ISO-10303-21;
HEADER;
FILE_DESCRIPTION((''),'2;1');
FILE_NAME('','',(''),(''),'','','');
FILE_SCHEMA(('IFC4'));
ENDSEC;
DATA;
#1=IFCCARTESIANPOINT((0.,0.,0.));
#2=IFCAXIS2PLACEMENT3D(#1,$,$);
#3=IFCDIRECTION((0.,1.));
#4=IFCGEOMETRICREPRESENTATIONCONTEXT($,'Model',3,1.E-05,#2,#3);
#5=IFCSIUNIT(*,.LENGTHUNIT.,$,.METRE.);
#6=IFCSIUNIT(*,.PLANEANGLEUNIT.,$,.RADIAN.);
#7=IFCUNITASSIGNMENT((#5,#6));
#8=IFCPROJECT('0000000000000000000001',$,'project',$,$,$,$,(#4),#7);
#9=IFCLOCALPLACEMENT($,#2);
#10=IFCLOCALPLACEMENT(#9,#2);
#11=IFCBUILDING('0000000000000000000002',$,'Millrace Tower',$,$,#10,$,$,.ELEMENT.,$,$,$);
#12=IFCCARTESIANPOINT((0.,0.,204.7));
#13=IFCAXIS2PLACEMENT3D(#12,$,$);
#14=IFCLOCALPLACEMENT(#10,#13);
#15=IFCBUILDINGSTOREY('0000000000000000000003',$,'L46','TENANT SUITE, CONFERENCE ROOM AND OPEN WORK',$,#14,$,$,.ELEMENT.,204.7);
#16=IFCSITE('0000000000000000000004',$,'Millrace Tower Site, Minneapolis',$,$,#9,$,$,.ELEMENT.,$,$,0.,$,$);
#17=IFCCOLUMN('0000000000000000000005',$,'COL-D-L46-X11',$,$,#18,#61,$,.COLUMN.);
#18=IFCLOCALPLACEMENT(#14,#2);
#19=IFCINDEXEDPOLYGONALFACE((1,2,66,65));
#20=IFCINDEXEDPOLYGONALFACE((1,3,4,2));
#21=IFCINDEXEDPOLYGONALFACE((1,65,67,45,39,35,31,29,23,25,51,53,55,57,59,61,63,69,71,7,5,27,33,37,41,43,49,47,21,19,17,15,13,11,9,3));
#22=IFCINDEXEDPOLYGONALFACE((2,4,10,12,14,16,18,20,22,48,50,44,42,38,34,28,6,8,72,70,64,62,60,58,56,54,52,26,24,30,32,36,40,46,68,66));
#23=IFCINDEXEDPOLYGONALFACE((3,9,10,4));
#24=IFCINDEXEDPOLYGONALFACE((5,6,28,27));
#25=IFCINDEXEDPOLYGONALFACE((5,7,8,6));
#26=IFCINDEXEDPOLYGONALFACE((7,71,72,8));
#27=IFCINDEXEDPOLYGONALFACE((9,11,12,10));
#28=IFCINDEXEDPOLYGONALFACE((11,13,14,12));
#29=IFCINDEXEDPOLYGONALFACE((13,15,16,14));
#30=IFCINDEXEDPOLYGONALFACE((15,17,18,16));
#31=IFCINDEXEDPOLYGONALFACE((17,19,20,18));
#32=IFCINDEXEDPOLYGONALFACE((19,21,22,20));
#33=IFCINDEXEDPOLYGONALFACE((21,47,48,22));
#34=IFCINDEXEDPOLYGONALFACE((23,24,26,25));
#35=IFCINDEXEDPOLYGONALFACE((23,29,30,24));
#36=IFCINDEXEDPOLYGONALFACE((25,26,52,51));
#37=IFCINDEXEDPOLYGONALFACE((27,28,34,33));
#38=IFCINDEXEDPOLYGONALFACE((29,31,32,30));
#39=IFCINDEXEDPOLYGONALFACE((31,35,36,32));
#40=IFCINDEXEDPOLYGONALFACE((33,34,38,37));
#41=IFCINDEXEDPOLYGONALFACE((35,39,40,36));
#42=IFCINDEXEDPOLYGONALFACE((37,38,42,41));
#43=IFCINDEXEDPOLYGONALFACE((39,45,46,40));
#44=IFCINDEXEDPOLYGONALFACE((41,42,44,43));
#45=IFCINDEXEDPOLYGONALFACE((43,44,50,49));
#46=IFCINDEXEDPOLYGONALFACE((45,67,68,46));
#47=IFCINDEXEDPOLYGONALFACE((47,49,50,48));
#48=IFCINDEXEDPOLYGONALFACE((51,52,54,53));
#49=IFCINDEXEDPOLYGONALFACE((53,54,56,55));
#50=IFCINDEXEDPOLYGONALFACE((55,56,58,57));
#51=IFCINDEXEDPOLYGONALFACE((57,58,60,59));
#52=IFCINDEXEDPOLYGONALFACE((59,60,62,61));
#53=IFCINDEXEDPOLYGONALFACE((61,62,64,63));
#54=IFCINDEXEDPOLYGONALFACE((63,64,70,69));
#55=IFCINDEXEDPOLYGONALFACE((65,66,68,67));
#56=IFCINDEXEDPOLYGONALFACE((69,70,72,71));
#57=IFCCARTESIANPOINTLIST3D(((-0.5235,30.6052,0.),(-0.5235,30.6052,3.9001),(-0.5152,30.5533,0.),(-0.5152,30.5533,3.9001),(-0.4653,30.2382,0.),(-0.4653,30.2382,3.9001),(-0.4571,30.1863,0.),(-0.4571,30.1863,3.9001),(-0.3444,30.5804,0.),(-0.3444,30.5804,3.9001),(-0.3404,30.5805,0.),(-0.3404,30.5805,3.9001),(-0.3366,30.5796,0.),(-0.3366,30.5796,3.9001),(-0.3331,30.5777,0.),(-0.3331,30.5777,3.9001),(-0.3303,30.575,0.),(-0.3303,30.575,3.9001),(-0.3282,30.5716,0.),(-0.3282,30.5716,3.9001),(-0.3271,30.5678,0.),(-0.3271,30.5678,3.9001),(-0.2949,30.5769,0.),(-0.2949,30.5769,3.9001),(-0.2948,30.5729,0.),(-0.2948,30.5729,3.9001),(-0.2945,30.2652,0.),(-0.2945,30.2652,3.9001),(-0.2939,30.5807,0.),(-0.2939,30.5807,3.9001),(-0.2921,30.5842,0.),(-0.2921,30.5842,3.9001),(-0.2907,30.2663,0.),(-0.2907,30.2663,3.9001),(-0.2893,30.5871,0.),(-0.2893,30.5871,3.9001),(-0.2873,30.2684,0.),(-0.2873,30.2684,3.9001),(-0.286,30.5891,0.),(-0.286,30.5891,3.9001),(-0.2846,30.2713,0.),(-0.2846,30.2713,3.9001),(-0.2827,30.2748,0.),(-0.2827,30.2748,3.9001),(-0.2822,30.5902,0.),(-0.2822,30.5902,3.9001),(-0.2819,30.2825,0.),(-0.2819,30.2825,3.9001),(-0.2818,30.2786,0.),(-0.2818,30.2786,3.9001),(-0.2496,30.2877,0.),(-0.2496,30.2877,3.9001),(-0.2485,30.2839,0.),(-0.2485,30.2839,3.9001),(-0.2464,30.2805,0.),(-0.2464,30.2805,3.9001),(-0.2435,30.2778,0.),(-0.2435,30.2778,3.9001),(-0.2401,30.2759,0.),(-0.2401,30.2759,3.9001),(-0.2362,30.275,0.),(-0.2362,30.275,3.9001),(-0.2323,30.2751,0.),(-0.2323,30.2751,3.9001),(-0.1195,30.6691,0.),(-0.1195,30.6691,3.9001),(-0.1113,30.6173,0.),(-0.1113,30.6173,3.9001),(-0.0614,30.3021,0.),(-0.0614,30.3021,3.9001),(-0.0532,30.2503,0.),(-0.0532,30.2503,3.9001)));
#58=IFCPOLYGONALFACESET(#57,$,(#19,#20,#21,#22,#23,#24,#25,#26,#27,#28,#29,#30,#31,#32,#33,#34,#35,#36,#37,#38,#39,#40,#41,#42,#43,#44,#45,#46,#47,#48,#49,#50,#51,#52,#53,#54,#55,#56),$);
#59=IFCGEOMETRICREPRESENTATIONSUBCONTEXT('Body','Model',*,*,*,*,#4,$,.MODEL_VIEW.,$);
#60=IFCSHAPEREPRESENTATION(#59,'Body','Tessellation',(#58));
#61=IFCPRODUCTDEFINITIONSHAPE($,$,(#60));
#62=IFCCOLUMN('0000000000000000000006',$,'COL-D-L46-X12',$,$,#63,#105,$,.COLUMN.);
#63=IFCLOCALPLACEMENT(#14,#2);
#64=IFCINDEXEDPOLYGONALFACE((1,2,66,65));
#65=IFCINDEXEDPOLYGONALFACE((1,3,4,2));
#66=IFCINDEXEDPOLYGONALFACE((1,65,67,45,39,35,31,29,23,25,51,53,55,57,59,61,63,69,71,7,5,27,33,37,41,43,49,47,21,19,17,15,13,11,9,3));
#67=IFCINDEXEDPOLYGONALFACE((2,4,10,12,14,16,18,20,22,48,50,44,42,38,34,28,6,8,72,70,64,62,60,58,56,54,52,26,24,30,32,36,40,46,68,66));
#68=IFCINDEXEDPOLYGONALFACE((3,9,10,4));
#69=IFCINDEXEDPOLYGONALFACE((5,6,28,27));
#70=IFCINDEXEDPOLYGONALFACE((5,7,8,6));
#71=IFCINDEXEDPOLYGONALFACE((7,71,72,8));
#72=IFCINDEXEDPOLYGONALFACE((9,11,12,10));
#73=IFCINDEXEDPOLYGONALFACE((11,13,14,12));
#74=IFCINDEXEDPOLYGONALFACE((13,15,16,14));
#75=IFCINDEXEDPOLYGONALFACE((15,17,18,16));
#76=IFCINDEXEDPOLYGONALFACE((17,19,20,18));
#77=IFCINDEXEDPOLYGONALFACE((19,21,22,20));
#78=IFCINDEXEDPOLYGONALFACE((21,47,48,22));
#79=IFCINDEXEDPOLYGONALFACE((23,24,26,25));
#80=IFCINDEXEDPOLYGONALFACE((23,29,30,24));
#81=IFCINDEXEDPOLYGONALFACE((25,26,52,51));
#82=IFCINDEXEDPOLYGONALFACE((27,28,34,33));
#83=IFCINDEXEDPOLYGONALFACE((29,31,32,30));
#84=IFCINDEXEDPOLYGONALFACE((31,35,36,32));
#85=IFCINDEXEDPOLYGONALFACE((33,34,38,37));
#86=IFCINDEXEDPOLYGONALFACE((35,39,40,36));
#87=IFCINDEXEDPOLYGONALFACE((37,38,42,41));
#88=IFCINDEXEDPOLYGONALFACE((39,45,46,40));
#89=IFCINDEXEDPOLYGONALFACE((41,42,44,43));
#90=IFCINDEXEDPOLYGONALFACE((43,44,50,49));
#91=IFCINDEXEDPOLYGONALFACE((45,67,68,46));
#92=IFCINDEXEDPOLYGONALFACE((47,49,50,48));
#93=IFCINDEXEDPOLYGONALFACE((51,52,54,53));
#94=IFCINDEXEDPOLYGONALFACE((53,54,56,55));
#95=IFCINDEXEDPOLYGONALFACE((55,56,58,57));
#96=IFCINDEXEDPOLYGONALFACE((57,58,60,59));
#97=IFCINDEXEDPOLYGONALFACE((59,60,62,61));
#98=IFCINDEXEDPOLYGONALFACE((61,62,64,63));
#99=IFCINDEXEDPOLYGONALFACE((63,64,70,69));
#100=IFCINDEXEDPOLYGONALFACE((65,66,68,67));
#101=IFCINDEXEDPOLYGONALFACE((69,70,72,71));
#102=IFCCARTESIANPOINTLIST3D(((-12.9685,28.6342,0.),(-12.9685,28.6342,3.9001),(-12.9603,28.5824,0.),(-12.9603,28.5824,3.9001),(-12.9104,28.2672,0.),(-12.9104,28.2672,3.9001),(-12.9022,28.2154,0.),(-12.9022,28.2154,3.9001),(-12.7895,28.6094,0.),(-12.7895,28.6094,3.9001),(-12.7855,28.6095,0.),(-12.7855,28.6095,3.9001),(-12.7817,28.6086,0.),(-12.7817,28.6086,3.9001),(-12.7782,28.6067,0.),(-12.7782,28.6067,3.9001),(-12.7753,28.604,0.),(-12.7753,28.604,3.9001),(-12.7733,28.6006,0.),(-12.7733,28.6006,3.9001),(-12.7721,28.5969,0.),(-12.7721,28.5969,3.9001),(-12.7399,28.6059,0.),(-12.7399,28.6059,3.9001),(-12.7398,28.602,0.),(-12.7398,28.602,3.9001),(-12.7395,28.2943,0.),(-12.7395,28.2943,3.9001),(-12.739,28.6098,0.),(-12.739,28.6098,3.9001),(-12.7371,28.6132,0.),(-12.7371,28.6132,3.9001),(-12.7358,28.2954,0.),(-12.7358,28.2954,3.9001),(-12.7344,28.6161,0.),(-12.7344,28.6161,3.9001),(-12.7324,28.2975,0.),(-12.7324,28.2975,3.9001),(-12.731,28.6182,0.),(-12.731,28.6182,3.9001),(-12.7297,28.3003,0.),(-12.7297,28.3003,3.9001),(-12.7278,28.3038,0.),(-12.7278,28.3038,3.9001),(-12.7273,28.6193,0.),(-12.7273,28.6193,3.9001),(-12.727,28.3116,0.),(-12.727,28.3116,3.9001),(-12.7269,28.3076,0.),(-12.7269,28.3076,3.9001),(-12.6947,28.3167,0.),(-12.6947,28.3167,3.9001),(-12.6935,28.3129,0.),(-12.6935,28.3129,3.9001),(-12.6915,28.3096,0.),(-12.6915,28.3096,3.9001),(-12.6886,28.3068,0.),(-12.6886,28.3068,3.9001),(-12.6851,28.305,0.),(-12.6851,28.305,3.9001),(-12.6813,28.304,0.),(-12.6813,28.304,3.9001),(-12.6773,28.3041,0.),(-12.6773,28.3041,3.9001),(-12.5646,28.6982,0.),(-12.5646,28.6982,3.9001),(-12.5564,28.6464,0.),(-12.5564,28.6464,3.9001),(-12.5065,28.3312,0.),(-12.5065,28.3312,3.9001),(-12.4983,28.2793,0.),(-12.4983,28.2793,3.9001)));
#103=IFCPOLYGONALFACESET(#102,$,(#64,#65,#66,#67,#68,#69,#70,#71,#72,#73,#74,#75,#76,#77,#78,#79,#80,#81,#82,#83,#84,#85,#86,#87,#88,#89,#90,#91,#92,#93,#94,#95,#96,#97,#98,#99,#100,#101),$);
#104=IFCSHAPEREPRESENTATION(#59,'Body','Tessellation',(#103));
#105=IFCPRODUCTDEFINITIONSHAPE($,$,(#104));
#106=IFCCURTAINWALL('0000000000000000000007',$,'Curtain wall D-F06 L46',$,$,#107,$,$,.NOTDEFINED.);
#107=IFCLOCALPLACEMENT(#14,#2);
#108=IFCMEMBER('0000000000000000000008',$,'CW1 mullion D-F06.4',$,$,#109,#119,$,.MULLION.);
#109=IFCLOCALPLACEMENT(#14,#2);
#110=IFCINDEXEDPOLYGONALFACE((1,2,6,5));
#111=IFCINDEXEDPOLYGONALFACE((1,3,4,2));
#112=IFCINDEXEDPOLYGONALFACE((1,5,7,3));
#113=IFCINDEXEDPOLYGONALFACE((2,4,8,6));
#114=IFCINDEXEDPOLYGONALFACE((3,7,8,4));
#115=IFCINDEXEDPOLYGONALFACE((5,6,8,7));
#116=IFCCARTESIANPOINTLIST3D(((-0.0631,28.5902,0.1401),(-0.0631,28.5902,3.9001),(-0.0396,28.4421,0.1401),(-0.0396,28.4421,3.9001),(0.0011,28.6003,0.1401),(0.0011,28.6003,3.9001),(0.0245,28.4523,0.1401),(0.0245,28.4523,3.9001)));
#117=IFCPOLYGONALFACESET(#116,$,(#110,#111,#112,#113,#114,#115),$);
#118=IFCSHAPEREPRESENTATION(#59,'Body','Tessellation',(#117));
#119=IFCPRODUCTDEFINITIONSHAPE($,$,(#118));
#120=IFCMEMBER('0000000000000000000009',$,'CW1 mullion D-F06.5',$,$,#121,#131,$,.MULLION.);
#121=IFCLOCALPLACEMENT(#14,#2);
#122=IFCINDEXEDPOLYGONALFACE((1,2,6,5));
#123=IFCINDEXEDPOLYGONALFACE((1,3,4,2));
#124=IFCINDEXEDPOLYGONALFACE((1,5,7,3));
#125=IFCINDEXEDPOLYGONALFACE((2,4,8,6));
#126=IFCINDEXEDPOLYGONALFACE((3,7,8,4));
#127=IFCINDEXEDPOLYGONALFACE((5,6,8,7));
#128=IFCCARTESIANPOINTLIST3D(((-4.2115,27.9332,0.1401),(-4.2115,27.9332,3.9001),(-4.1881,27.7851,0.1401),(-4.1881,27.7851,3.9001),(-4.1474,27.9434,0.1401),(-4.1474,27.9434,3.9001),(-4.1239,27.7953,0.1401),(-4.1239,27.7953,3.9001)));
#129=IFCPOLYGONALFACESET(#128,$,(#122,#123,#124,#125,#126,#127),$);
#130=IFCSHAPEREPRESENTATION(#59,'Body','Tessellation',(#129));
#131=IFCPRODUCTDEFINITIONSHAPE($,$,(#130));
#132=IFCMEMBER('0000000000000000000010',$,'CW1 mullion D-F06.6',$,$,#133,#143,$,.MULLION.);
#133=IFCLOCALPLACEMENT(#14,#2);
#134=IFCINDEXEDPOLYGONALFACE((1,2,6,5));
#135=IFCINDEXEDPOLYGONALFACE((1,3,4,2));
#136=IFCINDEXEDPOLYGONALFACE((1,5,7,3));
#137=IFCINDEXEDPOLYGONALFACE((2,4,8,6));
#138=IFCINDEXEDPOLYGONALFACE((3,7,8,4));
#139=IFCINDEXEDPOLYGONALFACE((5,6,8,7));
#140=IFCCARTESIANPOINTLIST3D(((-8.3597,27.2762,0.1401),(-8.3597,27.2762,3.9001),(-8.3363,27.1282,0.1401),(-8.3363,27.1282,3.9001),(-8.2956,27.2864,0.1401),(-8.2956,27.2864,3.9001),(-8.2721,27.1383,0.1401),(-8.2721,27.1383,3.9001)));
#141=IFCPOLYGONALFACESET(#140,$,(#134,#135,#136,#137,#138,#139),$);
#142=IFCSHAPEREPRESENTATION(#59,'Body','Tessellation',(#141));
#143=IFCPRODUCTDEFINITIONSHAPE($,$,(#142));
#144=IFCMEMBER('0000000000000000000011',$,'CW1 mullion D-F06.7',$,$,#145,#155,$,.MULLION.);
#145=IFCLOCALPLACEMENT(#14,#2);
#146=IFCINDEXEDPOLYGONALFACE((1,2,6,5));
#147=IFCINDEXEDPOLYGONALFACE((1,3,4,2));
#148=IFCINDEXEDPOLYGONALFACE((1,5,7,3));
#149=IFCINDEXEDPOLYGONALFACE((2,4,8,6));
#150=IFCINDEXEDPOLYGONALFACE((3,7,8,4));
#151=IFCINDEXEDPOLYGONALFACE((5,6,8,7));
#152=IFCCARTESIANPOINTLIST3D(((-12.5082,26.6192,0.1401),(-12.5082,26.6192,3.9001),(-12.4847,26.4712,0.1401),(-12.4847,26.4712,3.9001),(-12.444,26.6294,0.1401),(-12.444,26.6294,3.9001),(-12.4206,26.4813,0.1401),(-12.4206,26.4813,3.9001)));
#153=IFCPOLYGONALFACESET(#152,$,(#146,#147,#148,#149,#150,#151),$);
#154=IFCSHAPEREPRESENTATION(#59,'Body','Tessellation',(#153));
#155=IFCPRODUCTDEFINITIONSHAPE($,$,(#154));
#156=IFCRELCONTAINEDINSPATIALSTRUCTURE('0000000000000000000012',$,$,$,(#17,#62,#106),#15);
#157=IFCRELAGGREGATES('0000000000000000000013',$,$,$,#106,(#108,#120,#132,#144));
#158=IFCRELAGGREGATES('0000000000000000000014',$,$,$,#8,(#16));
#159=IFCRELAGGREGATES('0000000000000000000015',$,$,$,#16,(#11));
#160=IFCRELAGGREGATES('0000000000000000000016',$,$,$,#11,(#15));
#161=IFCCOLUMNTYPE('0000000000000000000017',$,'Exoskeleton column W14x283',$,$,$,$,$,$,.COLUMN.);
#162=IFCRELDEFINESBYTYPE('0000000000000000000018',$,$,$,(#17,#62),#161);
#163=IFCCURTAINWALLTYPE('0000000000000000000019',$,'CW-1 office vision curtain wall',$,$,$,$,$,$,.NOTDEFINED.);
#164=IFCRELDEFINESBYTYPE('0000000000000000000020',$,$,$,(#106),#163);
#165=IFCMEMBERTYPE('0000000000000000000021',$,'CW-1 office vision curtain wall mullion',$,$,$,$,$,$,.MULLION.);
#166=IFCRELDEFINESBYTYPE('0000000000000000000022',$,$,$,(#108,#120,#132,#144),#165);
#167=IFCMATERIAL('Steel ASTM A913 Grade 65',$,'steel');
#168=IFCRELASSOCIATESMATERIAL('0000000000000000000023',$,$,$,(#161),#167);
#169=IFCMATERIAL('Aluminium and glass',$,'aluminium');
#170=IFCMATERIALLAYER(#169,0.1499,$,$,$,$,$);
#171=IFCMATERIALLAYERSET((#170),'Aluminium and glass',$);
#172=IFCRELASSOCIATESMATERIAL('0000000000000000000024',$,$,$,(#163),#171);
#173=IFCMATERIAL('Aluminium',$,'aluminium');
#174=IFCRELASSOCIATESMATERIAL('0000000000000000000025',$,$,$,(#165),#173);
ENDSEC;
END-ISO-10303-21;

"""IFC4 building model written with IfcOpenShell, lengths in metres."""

from ifc_helpers import new_model, si_unit, direction, frame, origin, origin_2d, place, context, subcontext, project, spatial, rectangle, i_section, extrude, material, layer, layer_set, material_profile, profile_set, type_object, element, aggregate, save


model = new_model("IFC4")

# Units and contexts
model_context = context("Model", 3, precision=1e-05, world=origin(), true_north=direction((0.0, 1.0)))
body_context = subcontext(model_context, "Body", "Model", "MODEL_VIEW")
ifc_project = project(units=[si_unit("LENGTHUNIT", "METRE"), si_unit("PLANEANGLEUNIT", "RADIAN")], contexts=[model_context])

# Site, building, storey
site_placement = place(None, origin())
site = spatial("IfcSite", under=ifc_project, at=site_placement, Name="Millrace Tower Site, Minneapolis", CompositionType="ELEMENT", RefElevation=0.0)
building_placement = place(site_placement, origin())
building = spatial("IfcBuilding", under=site, at=building_placement, Name="Millrace Tower", CompositionType="ELEMENT")
storey_placement = place(building_placement, frame((0.0, 0.0, 204.7)))
storey = spatial("IfcBuildingStorey", under=building, at=storey_placement, Name="L46", Description="TENANT SUITE, CONFERENCE ROOM AND OPEN WORK", CompositionType="ELEMENT", Elevation=204.7)

# Columns
ifc_material_1 = material(Name="Steel ASTM A913 Grade 65", Category="steel")
ifc_material_profile_1 = material_profile(ifc_material_1, i_section(OverallWidth=0.4089, OverallDepth=0.4241, WebThickness=0.0327, FlangeThickness=0.0525, FilletRadius=0.0151, at=origin_2d()))
ifc_profile_set_1 = profile_set([ifc_material_profile_1], Name="Steel ASTM A913 Grade 65")
column_type = type_object("IfcColumnType", Name="Exoskeleton column W14x283", PredefinedType="COLUMN", material=ifc_profile_set_1)
for number, where, z_axis, x_axis, name in (
    (1, (-0.2883, 30.4277, 0.0), (0.0, 0.0, 1.0), (-0.987688, -0.156434, 0.0), "COL-D-L46-X11"),
    (2, (-12.7334, 28.4568, 0.0), (0.0, 0.0, 1.0), (-0.987688, -0.156434, 0.0), "COL-D-L46-X12"),
):
    element("IfcColumn", number, at=place(storey_placement, frame(where, z_axis=z_axis, x_axis=x_axis)), inside=storey, type_object=column_type, Name=name, PredefinedType="COLUMN", context=body_context, shape_type="SweptSolid", body=[
        extrude(i_section(OverallWidth=0.4089, OverallDepth=0.4241, WebThickness=0.0327, FlangeThickness=0.0525, FilletRadius=0.0151, at=origin_2d()), origin(), (0.0, 0.0, 1.0), 3.9001),
    ])

# Curtain wall, members
ifc_material_2 = material(Name="Aluminium and glass", Category="aluminium")
ifc_layer_1 = layer(ifc_material_2, 0.1499)
ifc_layer_set_1 = layer_set([ifc_layer_1], Name="Aluminium and glass")
curtain_wall_type = type_object("IfcCurtainWallType", Name="CW-1 office vision curtain wall", PredefinedType="NOTDEFINED", material=ifc_layer_set_1)
curtain_wall_placement = place(storey_placement, origin())
curtain_wall = element("IfcCurtainWall", 3, at=curtain_wall_placement, inside=storey, type_object=curtain_wall_type, Name="Curtain wall D-F06 L46", PredefinedType="NOTDEFINED")
ifc_material_3 = material(Name="Aluminium", Category="aluminium")
ifc_material_profile_2 = material_profile(ifc_material_3, rectangle(XDim=0.0649, YDim=0.1499, at=origin_2d()))
ifc_profile_set_2 = profile_set([ifc_material_profile_2], Name="Aluminium")
member_type_1 = type_object("IfcMemberType", Name="CW-1 office vision curtain wall mullion", PredefinedType="MULLION", material=ifc_profile_set_2)
member_1_placement = place(storey_placement, frame((-0.0193, 28.5212, 0.1401), z_axis=(0.0, 0.0, 1.0), x_axis=(-0.987688, -0.156434, 0.0)))
member_1 = element("IfcMember", 4, at=member_1_placement, type_object=member_type_1, Name="CW1 mullion D-F06.4", PredefinedType="MULLION", context=body_context, shape_type="SweptSolid", body=[
    extrude(rectangle(XDim=0.0649, YDim=0.1499, at=origin_2d()), origin(), (0.0, 0.0, 1.0), 3.76),
])
member_2_placement = place(storey_placement, frame((-4.1677, 27.8643, 0.1401), z_axis=(0.0, 0.0, 1.0), x_axis=(-0.987688, -0.156434, 0.0)))
member_2 = element("IfcMember", 5, at=member_2_placement, type_object=member_type_1, Name="CW1 mullion D-F06.5", PredefinedType="MULLION", context=body_context, shape_type="SweptSolid", body=[
    extrude(rectangle(XDim=0.0649, YDim=0.1499, at=origin_2d()), origin(), (0.0, 0.0, 1.0), 3.76),
])
member_3_placement = place(storey_placement, frame((-8.3159, 27.2073, 0.1401), z_axis=(0.0, 0.0, 1.0), x_axis=(-0.987688, -0.156434, 0.0)))
member_3 = element("IfcMember", 6, at=member_3_placement, type_object=member_type_1, Name="CW1 mullion D-F06.6", PredefinedType="MULLION", context=body_context, shape_type="SweptSolid", body=[
    extrude(rectangle(XDim=0.0649, YDim=0.1499, at=origin_2d()), origin(), (0.0, 0.0, 1.0), 3.76),
])
member_4_placement = place(storey_placement, frame((-12.4644, 26.5503, 0.1401), z_axis=(0.0, 0.0, 1.0), x_axis=(-0.987688, -0.156434, 0.0)))
member_4 = element("IfcMember", 7, at=member_4_placement, type_object=member_type_1, Name="CW1 mullion D-F06.7", PredefinedType="MULLION", context=body_context, shape_type="SweptSolid", body=[
    extrude(rectangle(XDim=0.0649, YDim=0.1499, at=origin_2d()), origin(), (0.0, 0.0, 1.0), 3.76),
])
aggregate(curtain_wall, [member_1, member_2, member_3, member_4])

save(model, "model.ifc")
